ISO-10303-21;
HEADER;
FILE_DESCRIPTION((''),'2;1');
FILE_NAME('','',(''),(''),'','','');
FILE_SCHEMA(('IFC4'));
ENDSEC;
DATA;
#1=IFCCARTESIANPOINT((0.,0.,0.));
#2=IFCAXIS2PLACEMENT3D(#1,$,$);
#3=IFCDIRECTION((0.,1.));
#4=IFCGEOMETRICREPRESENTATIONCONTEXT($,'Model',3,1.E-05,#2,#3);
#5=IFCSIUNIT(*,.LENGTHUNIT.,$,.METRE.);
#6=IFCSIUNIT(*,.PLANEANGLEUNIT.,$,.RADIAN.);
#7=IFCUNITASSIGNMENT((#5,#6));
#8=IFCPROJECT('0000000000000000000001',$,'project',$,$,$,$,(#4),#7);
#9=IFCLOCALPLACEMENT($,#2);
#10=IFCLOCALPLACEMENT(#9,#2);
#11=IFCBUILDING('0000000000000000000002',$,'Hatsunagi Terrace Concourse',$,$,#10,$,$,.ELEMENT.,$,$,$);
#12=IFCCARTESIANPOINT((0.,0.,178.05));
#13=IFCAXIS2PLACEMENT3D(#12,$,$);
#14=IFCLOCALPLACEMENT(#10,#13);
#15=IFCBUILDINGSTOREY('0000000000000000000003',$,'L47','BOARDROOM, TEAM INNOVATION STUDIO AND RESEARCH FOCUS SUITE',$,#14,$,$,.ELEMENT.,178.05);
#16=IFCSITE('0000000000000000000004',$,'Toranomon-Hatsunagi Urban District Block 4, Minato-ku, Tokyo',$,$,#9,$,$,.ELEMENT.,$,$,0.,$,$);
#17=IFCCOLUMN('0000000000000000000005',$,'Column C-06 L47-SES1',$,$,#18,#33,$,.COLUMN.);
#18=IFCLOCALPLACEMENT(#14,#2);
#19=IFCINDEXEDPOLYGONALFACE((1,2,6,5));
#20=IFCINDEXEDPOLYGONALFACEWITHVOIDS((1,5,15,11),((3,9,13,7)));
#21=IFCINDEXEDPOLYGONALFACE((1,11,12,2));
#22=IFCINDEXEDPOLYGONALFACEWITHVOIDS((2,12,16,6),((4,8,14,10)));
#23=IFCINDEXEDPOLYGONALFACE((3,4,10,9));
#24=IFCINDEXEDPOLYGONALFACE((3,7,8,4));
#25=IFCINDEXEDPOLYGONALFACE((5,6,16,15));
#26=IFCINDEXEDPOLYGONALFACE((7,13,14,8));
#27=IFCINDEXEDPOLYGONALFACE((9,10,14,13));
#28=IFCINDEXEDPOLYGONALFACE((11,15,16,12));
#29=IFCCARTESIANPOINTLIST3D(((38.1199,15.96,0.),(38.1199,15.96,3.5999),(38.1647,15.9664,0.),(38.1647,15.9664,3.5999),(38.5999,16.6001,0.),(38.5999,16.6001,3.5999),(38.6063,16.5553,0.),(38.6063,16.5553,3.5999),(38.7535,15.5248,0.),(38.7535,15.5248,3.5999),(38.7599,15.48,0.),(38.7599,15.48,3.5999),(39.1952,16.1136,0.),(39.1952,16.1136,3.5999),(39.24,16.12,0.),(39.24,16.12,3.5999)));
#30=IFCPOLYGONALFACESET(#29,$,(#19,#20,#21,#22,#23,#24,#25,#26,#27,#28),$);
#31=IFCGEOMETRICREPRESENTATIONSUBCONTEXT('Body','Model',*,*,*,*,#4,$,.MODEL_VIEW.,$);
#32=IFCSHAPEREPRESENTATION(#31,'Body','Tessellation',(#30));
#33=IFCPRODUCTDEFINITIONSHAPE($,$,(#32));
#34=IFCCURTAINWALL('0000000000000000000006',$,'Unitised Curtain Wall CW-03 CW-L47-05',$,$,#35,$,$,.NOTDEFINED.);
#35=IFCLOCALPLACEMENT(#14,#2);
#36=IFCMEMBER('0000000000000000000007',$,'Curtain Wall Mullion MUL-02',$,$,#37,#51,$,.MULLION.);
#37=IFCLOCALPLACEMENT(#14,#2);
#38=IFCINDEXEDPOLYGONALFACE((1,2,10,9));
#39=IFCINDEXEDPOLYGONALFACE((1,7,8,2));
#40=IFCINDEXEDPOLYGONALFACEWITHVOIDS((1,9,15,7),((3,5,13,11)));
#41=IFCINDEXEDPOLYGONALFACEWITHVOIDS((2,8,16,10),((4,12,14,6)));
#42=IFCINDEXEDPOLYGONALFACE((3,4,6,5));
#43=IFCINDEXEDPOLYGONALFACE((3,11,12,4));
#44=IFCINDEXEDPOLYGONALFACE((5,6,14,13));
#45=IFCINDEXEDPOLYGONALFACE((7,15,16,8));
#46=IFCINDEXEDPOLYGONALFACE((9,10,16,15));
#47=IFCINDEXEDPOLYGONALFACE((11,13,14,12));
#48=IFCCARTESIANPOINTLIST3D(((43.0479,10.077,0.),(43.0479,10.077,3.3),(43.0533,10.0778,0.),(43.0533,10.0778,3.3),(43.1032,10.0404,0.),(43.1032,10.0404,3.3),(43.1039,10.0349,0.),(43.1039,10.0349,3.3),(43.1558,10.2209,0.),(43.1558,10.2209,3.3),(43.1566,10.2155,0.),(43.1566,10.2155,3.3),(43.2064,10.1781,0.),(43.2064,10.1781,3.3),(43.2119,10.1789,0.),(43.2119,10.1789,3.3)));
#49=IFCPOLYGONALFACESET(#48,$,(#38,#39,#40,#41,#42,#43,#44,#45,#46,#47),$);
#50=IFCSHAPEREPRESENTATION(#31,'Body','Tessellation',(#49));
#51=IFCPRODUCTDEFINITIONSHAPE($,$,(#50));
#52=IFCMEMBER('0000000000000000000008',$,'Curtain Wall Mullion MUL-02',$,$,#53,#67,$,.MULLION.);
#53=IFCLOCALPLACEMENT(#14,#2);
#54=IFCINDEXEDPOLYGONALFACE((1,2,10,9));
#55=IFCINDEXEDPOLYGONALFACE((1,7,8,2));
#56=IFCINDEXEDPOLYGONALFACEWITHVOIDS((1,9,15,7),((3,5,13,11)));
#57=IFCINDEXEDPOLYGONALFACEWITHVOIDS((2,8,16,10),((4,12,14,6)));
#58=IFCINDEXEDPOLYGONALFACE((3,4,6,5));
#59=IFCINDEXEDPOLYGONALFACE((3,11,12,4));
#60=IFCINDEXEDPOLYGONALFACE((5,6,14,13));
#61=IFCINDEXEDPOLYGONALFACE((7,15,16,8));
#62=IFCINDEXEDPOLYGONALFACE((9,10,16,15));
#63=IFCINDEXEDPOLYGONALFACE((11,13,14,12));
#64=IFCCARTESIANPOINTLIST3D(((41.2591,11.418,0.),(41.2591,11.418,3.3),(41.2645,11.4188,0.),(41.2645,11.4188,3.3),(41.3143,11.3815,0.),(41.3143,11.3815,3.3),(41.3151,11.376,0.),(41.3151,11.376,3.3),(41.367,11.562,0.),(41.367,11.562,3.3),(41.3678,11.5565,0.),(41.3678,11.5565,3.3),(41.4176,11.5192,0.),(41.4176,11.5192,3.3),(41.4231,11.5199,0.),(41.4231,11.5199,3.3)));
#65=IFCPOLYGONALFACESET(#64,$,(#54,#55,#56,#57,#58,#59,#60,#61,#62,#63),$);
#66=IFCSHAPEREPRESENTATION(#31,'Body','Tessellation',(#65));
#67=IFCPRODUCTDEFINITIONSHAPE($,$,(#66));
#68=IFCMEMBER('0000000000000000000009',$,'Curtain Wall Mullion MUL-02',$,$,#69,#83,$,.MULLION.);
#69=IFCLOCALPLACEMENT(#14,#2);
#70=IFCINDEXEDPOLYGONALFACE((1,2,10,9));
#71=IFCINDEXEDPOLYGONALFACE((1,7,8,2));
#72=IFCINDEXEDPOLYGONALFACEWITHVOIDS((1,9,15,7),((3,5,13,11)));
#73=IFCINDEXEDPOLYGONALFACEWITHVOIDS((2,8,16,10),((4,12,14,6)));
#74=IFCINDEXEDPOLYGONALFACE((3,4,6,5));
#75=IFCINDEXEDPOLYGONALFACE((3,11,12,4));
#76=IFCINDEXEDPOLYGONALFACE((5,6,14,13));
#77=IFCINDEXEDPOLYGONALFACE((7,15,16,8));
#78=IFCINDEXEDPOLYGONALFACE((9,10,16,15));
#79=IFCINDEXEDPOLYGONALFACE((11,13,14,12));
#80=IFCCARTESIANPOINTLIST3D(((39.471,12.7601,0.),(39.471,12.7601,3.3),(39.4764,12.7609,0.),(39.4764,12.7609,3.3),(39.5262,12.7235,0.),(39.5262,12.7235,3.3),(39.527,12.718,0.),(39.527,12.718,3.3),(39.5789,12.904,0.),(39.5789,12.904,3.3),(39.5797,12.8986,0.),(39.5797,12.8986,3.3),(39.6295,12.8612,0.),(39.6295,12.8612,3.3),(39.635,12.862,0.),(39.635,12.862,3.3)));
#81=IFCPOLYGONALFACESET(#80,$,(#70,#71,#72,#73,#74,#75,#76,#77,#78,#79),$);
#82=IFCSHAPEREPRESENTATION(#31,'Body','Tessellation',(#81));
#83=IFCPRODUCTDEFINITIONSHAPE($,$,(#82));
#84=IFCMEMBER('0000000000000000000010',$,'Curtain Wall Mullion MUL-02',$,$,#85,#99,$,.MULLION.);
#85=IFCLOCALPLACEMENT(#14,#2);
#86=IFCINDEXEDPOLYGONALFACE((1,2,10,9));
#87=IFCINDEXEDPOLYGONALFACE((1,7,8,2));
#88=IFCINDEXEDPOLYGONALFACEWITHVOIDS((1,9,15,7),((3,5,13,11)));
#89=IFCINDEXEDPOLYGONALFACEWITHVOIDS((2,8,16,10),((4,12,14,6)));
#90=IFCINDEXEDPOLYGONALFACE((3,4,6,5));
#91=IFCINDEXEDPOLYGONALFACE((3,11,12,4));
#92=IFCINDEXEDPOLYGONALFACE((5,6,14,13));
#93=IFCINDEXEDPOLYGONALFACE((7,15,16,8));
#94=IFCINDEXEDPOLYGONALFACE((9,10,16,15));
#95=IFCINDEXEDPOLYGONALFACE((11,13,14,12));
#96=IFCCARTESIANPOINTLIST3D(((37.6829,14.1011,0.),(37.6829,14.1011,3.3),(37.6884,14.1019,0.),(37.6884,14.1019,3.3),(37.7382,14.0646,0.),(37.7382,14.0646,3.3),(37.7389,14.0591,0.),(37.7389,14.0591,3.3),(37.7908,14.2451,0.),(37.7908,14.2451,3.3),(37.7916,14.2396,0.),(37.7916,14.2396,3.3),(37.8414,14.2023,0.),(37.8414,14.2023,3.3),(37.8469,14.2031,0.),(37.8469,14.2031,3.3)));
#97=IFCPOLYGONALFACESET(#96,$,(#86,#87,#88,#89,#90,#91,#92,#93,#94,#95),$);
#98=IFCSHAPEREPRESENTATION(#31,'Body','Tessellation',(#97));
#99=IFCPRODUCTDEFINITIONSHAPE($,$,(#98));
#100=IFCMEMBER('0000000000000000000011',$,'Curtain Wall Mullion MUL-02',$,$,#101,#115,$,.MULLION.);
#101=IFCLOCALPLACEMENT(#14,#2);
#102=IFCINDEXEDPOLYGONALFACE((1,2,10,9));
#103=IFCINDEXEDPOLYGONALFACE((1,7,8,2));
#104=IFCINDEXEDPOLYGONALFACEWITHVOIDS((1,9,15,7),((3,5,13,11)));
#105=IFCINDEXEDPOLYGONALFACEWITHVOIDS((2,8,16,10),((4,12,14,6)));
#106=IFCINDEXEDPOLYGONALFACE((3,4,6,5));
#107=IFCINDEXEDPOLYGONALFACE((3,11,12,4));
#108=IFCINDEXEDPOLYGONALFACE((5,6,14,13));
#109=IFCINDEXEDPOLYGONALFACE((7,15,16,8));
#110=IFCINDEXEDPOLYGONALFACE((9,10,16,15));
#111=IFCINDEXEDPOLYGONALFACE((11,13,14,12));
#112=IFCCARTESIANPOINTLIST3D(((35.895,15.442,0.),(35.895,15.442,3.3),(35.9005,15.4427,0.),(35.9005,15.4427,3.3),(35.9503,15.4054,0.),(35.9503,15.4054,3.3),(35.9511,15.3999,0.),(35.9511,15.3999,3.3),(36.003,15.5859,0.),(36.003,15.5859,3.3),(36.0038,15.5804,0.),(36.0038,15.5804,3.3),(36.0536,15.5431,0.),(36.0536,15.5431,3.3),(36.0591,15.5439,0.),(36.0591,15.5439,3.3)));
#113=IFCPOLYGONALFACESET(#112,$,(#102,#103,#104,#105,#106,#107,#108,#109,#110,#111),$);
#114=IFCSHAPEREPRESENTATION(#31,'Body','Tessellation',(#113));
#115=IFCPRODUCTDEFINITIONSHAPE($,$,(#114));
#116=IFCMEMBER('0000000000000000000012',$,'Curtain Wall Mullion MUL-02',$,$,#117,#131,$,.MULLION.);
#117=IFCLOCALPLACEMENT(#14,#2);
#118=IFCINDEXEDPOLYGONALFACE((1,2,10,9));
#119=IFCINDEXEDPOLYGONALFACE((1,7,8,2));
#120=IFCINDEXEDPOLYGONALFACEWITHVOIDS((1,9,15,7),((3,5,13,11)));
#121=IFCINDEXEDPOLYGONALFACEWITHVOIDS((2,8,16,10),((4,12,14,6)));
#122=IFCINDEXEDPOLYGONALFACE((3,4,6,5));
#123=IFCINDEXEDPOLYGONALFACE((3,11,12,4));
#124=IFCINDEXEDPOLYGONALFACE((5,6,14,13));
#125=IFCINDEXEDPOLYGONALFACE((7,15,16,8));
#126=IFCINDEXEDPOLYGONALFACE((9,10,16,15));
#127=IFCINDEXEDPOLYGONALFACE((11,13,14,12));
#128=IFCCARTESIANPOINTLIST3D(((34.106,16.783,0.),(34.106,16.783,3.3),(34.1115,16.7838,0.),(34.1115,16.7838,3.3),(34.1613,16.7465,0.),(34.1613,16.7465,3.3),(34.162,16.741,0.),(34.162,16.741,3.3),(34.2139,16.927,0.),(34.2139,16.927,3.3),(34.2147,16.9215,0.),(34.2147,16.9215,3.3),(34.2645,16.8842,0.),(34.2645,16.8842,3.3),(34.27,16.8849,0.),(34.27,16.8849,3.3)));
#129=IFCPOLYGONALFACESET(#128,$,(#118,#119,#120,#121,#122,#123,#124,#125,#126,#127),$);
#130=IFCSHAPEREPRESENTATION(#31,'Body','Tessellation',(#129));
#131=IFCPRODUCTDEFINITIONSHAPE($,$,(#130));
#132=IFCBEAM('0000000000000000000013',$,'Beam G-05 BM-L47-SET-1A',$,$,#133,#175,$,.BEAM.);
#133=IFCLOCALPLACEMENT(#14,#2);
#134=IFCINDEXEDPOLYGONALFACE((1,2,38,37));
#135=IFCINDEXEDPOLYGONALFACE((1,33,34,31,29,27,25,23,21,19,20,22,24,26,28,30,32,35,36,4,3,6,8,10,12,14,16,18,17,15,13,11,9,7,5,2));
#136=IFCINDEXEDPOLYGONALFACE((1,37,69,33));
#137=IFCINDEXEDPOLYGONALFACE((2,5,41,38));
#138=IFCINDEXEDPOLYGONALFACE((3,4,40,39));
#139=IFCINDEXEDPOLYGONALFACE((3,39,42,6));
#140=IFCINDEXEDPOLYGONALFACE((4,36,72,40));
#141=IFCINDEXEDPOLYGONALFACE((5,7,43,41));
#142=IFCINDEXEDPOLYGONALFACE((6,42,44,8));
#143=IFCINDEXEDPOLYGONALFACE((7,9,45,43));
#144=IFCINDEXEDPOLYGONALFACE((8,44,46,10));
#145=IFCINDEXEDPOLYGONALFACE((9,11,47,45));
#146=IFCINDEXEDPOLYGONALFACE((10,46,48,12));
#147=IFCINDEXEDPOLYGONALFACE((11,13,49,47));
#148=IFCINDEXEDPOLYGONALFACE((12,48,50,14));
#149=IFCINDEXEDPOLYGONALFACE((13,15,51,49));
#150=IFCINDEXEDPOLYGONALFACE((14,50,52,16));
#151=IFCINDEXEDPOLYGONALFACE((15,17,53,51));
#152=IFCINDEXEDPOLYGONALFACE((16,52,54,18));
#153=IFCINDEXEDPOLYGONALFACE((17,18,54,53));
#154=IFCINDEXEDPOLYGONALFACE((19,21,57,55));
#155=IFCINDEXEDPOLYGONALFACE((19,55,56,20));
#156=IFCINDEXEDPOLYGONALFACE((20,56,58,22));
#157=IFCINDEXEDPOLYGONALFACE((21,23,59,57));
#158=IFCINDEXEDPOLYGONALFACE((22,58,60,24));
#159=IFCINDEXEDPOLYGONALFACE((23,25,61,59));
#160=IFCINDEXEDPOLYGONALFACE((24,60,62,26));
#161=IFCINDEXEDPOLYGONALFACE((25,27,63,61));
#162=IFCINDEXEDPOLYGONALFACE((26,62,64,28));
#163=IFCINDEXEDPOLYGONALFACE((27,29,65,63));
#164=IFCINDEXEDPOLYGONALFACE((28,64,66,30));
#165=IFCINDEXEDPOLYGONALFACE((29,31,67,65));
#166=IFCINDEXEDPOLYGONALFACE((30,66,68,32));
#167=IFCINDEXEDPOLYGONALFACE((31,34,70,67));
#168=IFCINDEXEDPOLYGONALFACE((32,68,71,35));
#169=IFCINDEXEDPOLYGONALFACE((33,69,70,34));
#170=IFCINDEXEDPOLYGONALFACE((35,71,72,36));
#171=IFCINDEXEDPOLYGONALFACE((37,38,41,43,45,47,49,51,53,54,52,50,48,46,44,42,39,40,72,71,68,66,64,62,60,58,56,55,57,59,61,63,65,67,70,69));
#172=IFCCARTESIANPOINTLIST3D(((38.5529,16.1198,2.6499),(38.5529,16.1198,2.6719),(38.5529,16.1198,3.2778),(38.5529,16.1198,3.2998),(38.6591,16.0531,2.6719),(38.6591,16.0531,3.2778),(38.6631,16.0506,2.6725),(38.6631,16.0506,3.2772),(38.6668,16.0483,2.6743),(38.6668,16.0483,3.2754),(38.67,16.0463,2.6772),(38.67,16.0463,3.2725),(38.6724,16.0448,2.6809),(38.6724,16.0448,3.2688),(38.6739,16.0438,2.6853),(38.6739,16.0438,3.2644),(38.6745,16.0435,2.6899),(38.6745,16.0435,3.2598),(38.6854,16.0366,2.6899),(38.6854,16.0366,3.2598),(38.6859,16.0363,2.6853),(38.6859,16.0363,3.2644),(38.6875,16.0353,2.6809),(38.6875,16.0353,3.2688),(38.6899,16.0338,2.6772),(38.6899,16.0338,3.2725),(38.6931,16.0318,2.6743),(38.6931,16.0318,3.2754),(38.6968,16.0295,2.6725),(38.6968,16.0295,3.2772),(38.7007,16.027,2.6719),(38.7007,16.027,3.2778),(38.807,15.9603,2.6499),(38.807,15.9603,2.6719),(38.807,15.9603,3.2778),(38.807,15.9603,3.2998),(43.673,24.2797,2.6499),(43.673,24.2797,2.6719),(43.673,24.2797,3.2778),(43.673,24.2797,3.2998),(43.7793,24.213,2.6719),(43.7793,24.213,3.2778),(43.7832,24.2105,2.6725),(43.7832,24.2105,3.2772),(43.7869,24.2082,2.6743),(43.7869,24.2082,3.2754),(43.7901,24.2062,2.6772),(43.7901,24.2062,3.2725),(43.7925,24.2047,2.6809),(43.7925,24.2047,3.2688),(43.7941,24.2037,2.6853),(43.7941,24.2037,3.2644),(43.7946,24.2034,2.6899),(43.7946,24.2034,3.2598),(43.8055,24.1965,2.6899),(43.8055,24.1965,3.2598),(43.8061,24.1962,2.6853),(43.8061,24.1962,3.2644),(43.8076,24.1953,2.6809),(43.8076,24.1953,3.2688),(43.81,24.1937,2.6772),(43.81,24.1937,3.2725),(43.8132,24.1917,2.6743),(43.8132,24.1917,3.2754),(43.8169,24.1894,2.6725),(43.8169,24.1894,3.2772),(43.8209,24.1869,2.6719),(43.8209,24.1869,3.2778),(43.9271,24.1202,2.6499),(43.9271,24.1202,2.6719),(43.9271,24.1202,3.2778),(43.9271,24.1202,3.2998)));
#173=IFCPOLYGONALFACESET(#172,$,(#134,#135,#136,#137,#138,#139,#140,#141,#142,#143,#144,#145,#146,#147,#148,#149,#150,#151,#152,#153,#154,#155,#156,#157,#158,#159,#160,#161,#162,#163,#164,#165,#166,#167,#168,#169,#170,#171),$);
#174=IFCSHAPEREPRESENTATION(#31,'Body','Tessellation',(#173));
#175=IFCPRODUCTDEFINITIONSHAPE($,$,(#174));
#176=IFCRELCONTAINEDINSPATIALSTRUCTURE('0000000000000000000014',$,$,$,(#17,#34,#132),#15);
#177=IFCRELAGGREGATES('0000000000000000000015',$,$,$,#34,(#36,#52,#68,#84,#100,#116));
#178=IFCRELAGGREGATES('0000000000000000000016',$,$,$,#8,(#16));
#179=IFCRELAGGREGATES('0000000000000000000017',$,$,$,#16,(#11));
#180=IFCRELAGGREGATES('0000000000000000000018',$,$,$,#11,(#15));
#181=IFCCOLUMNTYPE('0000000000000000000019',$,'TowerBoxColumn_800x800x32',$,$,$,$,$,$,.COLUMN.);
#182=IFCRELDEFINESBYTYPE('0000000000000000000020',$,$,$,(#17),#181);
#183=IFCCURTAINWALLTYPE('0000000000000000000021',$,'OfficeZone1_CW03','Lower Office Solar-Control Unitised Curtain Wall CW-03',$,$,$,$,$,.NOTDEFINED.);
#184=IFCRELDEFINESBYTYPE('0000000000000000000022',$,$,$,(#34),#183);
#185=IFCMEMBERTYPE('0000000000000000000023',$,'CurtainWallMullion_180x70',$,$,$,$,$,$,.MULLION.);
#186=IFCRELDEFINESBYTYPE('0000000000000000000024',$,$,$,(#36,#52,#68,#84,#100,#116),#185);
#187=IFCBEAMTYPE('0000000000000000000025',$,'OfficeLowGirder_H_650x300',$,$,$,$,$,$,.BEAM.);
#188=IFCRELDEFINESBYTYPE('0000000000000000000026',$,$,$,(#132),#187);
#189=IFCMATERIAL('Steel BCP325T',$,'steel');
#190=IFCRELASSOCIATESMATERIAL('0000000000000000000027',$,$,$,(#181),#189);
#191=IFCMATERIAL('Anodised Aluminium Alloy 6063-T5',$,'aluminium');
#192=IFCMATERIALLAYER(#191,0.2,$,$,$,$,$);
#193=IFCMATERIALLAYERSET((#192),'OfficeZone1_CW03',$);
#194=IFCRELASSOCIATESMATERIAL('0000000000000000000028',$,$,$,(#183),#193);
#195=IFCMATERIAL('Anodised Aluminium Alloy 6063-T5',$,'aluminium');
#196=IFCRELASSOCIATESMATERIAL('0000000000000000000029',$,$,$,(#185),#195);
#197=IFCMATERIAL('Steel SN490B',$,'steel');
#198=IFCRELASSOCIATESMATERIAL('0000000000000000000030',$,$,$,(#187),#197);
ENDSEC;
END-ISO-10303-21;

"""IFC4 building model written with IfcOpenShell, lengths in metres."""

from ifc_helpers import new_model, si_unit, direction, frame, origin, origin_2d, place, context, subcontext, project, spatial, hollow_rectangle, i_section, extrude, material, layer, layer_set, material_profile, profile_set, type_object, element, aggregate, save


model = new_model("IFC4")

# Units and contexts
model_context = context("Model", 3, precision=1e-05, world=origin(), true_north=direction((0.0, 1.0)))
body_context = subcontext(model_context, "Body", "Model", "MODEL_VIEW")
ifc_project = project(units=[si_unit("LENGTHUNIT", "METRE"), si_unit("PLANEANGLEUNIT", "RADIAN")], contexts=[model_context])

# Site, building, storey
site_placement = place(None, origin())
site = spatial("IfcSite", under=ifc_project, at=site_placement, Name="Toranomon-Hatsunagi Urban District Block 4, Minato-ku, Tokyo", CompositionType="ELEMENT", RefElevation=0.0)
building_placement = place(site_placement, origin())
building = spatial("IfcBuilding", under=site, at=building_placement, Name="Hatsunagi Terrace Concourse", CompositionType="ELEMENT")
storey_placement = place(building_placement, frame((0.0, 0.0, 178.05)))
storey = spatial("IfcBuildingStorey", under=building, at=storey_placement, Name="L47", Description="BOARDROOM, TEAM INNOVATION STUDIO AND RESEARCH FOCUS SUITE", CompositionType="ELEMENT", Elevation=178.05)

# Column
ifc_material_1 = material(Name="Steel BCP325T", Category="steel")
ifc_material_profile_1 = material_profile(ifc_material_1, hollow_rectangle(XDim=0.8, YDim=0.8, WallThickness=0.032, at=origin_2d()), Name="BCP-800x800x32")
ifc_profile_set_1 = profile_set([ifc_material_profile_1], Name="Steel BCP325T")
column_type = type_object("IfcColumnType", Name="TowerBoxColumn_800x800x32", PredefinedType="COLUMN", material=ifc_profile_set_1)
column_placement = place(storey_placement, frame((38.6799, 16.04, 0.0), z_axis=(0.0, 0.0, 1.0), x_axis=(0.8, -0.6, 0.0)))
element("IfcColumn", 1, at=column_placement, inside=storey, type_object=column_type, Name="Column C-06 L47-SES1", PredefinedType="COLUMN", context=body_context, shape_type="SweptSolid", body=[
    extrude(hollow_rectangle(XDim=0.8, YDim=0.8, WallThickness=0.032, at=origin_2d()), origin(), (0.0, 0.0, 1.0), 3.5999),
])

# Curtain wall, members
ifc_material_2 = material(Name="Anodised Aluminium Alloy 6063-T5", Category="aluminium")
ifc_layer_1 = layer(ifc_material_2, 0.2)
ifc_layer_set_1 = layer_set([ifc_layer_1], Name="OfficeZone1_CW03")
curtain_wall_type = type_object("IfcCurtainWallType", Name="OfficeZone1_CW03", Description="Lower Office Solar-Control Unitised Curtain Wall CW-03", PredefinedType="NOTDEFINED", material=ifc_layer_set_1)
curtain_wall_placement = place(storey_placement, origin())
curtain_wall = element("IfcCurtainWall", 2, at=curtain_wall_placement, inside=storey, type_object=curtain_wall_type, Name="Unitised Curtain Wall CW-03 CW-L47-05", PredefinedType="NOTDEFINED")
ifc_material_3 = material(Name="Anodised Aluminium Alloy 6063-T5", Category="aluminium")
ifc_material_profile_2 = material_profile(ifc_material_3, hollow_rectangle(XDim=0.0701, YDim=0.1799, WallThickness=0.0039, at=origin_2d()), Name="ALU-MUL-180x70x4")
ifc_profile_set_2 = profile_set([ifc_material_profile_2], Name="Anodised Aluminium Alloy 6063-T5")
member_type = type_object("IfcMemberType", Name="CurtainWallMullion_180x70", PredefinedType="MULLION", material=ifc_profile_set_2)
member_1_placement = place(storey_placement, frame((43.1299, 10.1279, 0.0), z_axis=(0.0, 0.0, 1.0), x_axis=(-0.800005, 0.599993, 0.0)))
member_1 = element("IfcMember", 3, at=member_1_placement, type_object=member_type, Name="Curtain Wall Mullion MUL-02", PredefinedType="MULLION", context=body_context, shape_type="SweptSolid", body=[
    extrude(hollow_rectangle(XDim=0.0701, YDim=0.1799, WallThickness=0.0039, at=origin_2d()), origin(), (0.0, 0.0, 1.0), 3.3),
])
member_2_placement = place(storey_placement, frame((41.3411, 11.469, 0.0), z_axis=(0.0, 0.0, 1.0), x_axis=(-0.800005, 0.599993, 0.0)))
member_2 = element("IfcMember", 4, at=member_2_placement, type_object=member_type, Name="Curtain Wall Mullion MUL-02", PredefinedType="MULLION", context=body_context, shape_type="SweptSolid", body=[
    extrude(hollow_rectangle(XDim=0.0701, YDim=0.1799, WallThickness=0.0039, at=origin_2d()), origin(), (0.0, 0.0, 1.0), 3.3),
])
member_3_placement = place(storey_placement, frame((39.553, 12.811, 0.0), z_axis=(0.0, 0.0, 1.0), x_axis=(-0.800005, 0.599993, 0.0)))
member_3 = element("IfcMember", 5, at=member_3_placement, type_object=member_type, Name="Curtain Wall Mullion MUL-02", PredefinedType="MULLION", context=body_context, shape_type="SweptSolid", body=[
    extrude(hollow_rectangle(XDim=0.0701, YDim=0.1799, WallThickness=0.0039, at=origin_2d()), origin(), (0.0, 0.0, 1.0), 3.3),
])
member_4_placement = place(storey_placement, frame((37.7649, 14.1521, 0.0), z_axis=(0.0, 0.0, 1.0), x_axis=(-0.800005, 0.599993, 0.0)))
member_4 = element("IfcMember", 6, at=member_4_placement, type_object=member_type, Name="Curtain Wall Mullion MUL-02", PredefinedType="MULLION", context=body_context, shape_type="SweptSolid", body=[
    extrude(hollow_rectangle(XDim=0.0701, YDim=0.1799, WallThickness=0.0039, at=origin_2d()), origin(), (0.0, 0.0, 1.0), 3.3),
])
member_5_placement = place(storey_placement, frame((35.9771, 15.4929, 0.0), z_axis=(0.0, 0.0, 1.0), x_axis=(-0.800005, 0.599993, 0.0)))
member_5 = element("IfcMember", 7, at=member_5_placement, type_object=member_type, Name="Curtain Wall Mullion MUL-02", PredefinedType="MULLION", context=body_context, shape_type="SweptSolid", body=[
    extrude(hollow_rectangle(XDim=0.0701, YDim=0.1799, WallThickness=0.0039, at=origin_2d()), origin(), (0.0, 0.0, 1.0), 3.3),
])
member_6_placement = place(storey_placement, frame((34.188, 16.834, 0.0), z_axis=(0.0, 0.0, 1.0), x_axis=(-0.800005, 0.599993, 0.0)))
member_6 = element("IfcMember", 8, at=member_6_placement, type_object=member_type, Name="Curtain Wall Mullion MUL-02", PredefinedType="MULLION", context=body_context, shape_type="SweptSolid", body=[
    extrude(hollow_rectangle(XDim=0.0701, YDim=0.1799, WallThickness=0.0039, at=origin_2d()), origin(), (0.0, 0.0, 1.0), 3.3),
])

# Beam
ifc_material_4 = material(Name="Steel SN490B", Category="steel")
ifc_material_profile_3 = material_profile(ifc_material_4, i_section(OverallWidth=0.3, OverallDepth=0.6499, WebThickness=0.0129, FlangeThickness=0.022, FilletRadius=0.0181, at=origin_2d()), Name="H-650x300x13x22")
ifc_profile_set_3 = profile_set([ifc_material_profile_3], Name="Steel SN490B")
beam_type_1 = type_object("IfcBeamType", Name="OfficeLowGirder_H_650x300", PredefinedType="BEAM", material=ifc_profile_set_3)
beam_1_placement = place(storey_placement, frame((38.6799, 16.04, 2.9749), z_axis=(0.531504, 0.847056, 0.0), x_axis=(-0.847056, 0.531504, 0.0)))
element("IfcBeam", 9, at=beam_1_placement, inside=storey, type_object=beam_type_1, Name="Beam G-05 BM-L47-SET-1A", PredefinedType="BEAM", context=body_context, shape_type="SweptSolid", body=[
    extrude(i_section(OverallWidth=0.3, OverallDepth=0.6499, WebThickness=0.0129, FlangeThickness=0.022, FilletRadius=0.0181, at=origin_2d()), origin(), (0.0, 0.0, 1.0), 9.6333),
])

aggregate(curtain_wall, [member_1, member_2, member_3, member_4, member_5, member_6])

save(model, "model.ifc")
